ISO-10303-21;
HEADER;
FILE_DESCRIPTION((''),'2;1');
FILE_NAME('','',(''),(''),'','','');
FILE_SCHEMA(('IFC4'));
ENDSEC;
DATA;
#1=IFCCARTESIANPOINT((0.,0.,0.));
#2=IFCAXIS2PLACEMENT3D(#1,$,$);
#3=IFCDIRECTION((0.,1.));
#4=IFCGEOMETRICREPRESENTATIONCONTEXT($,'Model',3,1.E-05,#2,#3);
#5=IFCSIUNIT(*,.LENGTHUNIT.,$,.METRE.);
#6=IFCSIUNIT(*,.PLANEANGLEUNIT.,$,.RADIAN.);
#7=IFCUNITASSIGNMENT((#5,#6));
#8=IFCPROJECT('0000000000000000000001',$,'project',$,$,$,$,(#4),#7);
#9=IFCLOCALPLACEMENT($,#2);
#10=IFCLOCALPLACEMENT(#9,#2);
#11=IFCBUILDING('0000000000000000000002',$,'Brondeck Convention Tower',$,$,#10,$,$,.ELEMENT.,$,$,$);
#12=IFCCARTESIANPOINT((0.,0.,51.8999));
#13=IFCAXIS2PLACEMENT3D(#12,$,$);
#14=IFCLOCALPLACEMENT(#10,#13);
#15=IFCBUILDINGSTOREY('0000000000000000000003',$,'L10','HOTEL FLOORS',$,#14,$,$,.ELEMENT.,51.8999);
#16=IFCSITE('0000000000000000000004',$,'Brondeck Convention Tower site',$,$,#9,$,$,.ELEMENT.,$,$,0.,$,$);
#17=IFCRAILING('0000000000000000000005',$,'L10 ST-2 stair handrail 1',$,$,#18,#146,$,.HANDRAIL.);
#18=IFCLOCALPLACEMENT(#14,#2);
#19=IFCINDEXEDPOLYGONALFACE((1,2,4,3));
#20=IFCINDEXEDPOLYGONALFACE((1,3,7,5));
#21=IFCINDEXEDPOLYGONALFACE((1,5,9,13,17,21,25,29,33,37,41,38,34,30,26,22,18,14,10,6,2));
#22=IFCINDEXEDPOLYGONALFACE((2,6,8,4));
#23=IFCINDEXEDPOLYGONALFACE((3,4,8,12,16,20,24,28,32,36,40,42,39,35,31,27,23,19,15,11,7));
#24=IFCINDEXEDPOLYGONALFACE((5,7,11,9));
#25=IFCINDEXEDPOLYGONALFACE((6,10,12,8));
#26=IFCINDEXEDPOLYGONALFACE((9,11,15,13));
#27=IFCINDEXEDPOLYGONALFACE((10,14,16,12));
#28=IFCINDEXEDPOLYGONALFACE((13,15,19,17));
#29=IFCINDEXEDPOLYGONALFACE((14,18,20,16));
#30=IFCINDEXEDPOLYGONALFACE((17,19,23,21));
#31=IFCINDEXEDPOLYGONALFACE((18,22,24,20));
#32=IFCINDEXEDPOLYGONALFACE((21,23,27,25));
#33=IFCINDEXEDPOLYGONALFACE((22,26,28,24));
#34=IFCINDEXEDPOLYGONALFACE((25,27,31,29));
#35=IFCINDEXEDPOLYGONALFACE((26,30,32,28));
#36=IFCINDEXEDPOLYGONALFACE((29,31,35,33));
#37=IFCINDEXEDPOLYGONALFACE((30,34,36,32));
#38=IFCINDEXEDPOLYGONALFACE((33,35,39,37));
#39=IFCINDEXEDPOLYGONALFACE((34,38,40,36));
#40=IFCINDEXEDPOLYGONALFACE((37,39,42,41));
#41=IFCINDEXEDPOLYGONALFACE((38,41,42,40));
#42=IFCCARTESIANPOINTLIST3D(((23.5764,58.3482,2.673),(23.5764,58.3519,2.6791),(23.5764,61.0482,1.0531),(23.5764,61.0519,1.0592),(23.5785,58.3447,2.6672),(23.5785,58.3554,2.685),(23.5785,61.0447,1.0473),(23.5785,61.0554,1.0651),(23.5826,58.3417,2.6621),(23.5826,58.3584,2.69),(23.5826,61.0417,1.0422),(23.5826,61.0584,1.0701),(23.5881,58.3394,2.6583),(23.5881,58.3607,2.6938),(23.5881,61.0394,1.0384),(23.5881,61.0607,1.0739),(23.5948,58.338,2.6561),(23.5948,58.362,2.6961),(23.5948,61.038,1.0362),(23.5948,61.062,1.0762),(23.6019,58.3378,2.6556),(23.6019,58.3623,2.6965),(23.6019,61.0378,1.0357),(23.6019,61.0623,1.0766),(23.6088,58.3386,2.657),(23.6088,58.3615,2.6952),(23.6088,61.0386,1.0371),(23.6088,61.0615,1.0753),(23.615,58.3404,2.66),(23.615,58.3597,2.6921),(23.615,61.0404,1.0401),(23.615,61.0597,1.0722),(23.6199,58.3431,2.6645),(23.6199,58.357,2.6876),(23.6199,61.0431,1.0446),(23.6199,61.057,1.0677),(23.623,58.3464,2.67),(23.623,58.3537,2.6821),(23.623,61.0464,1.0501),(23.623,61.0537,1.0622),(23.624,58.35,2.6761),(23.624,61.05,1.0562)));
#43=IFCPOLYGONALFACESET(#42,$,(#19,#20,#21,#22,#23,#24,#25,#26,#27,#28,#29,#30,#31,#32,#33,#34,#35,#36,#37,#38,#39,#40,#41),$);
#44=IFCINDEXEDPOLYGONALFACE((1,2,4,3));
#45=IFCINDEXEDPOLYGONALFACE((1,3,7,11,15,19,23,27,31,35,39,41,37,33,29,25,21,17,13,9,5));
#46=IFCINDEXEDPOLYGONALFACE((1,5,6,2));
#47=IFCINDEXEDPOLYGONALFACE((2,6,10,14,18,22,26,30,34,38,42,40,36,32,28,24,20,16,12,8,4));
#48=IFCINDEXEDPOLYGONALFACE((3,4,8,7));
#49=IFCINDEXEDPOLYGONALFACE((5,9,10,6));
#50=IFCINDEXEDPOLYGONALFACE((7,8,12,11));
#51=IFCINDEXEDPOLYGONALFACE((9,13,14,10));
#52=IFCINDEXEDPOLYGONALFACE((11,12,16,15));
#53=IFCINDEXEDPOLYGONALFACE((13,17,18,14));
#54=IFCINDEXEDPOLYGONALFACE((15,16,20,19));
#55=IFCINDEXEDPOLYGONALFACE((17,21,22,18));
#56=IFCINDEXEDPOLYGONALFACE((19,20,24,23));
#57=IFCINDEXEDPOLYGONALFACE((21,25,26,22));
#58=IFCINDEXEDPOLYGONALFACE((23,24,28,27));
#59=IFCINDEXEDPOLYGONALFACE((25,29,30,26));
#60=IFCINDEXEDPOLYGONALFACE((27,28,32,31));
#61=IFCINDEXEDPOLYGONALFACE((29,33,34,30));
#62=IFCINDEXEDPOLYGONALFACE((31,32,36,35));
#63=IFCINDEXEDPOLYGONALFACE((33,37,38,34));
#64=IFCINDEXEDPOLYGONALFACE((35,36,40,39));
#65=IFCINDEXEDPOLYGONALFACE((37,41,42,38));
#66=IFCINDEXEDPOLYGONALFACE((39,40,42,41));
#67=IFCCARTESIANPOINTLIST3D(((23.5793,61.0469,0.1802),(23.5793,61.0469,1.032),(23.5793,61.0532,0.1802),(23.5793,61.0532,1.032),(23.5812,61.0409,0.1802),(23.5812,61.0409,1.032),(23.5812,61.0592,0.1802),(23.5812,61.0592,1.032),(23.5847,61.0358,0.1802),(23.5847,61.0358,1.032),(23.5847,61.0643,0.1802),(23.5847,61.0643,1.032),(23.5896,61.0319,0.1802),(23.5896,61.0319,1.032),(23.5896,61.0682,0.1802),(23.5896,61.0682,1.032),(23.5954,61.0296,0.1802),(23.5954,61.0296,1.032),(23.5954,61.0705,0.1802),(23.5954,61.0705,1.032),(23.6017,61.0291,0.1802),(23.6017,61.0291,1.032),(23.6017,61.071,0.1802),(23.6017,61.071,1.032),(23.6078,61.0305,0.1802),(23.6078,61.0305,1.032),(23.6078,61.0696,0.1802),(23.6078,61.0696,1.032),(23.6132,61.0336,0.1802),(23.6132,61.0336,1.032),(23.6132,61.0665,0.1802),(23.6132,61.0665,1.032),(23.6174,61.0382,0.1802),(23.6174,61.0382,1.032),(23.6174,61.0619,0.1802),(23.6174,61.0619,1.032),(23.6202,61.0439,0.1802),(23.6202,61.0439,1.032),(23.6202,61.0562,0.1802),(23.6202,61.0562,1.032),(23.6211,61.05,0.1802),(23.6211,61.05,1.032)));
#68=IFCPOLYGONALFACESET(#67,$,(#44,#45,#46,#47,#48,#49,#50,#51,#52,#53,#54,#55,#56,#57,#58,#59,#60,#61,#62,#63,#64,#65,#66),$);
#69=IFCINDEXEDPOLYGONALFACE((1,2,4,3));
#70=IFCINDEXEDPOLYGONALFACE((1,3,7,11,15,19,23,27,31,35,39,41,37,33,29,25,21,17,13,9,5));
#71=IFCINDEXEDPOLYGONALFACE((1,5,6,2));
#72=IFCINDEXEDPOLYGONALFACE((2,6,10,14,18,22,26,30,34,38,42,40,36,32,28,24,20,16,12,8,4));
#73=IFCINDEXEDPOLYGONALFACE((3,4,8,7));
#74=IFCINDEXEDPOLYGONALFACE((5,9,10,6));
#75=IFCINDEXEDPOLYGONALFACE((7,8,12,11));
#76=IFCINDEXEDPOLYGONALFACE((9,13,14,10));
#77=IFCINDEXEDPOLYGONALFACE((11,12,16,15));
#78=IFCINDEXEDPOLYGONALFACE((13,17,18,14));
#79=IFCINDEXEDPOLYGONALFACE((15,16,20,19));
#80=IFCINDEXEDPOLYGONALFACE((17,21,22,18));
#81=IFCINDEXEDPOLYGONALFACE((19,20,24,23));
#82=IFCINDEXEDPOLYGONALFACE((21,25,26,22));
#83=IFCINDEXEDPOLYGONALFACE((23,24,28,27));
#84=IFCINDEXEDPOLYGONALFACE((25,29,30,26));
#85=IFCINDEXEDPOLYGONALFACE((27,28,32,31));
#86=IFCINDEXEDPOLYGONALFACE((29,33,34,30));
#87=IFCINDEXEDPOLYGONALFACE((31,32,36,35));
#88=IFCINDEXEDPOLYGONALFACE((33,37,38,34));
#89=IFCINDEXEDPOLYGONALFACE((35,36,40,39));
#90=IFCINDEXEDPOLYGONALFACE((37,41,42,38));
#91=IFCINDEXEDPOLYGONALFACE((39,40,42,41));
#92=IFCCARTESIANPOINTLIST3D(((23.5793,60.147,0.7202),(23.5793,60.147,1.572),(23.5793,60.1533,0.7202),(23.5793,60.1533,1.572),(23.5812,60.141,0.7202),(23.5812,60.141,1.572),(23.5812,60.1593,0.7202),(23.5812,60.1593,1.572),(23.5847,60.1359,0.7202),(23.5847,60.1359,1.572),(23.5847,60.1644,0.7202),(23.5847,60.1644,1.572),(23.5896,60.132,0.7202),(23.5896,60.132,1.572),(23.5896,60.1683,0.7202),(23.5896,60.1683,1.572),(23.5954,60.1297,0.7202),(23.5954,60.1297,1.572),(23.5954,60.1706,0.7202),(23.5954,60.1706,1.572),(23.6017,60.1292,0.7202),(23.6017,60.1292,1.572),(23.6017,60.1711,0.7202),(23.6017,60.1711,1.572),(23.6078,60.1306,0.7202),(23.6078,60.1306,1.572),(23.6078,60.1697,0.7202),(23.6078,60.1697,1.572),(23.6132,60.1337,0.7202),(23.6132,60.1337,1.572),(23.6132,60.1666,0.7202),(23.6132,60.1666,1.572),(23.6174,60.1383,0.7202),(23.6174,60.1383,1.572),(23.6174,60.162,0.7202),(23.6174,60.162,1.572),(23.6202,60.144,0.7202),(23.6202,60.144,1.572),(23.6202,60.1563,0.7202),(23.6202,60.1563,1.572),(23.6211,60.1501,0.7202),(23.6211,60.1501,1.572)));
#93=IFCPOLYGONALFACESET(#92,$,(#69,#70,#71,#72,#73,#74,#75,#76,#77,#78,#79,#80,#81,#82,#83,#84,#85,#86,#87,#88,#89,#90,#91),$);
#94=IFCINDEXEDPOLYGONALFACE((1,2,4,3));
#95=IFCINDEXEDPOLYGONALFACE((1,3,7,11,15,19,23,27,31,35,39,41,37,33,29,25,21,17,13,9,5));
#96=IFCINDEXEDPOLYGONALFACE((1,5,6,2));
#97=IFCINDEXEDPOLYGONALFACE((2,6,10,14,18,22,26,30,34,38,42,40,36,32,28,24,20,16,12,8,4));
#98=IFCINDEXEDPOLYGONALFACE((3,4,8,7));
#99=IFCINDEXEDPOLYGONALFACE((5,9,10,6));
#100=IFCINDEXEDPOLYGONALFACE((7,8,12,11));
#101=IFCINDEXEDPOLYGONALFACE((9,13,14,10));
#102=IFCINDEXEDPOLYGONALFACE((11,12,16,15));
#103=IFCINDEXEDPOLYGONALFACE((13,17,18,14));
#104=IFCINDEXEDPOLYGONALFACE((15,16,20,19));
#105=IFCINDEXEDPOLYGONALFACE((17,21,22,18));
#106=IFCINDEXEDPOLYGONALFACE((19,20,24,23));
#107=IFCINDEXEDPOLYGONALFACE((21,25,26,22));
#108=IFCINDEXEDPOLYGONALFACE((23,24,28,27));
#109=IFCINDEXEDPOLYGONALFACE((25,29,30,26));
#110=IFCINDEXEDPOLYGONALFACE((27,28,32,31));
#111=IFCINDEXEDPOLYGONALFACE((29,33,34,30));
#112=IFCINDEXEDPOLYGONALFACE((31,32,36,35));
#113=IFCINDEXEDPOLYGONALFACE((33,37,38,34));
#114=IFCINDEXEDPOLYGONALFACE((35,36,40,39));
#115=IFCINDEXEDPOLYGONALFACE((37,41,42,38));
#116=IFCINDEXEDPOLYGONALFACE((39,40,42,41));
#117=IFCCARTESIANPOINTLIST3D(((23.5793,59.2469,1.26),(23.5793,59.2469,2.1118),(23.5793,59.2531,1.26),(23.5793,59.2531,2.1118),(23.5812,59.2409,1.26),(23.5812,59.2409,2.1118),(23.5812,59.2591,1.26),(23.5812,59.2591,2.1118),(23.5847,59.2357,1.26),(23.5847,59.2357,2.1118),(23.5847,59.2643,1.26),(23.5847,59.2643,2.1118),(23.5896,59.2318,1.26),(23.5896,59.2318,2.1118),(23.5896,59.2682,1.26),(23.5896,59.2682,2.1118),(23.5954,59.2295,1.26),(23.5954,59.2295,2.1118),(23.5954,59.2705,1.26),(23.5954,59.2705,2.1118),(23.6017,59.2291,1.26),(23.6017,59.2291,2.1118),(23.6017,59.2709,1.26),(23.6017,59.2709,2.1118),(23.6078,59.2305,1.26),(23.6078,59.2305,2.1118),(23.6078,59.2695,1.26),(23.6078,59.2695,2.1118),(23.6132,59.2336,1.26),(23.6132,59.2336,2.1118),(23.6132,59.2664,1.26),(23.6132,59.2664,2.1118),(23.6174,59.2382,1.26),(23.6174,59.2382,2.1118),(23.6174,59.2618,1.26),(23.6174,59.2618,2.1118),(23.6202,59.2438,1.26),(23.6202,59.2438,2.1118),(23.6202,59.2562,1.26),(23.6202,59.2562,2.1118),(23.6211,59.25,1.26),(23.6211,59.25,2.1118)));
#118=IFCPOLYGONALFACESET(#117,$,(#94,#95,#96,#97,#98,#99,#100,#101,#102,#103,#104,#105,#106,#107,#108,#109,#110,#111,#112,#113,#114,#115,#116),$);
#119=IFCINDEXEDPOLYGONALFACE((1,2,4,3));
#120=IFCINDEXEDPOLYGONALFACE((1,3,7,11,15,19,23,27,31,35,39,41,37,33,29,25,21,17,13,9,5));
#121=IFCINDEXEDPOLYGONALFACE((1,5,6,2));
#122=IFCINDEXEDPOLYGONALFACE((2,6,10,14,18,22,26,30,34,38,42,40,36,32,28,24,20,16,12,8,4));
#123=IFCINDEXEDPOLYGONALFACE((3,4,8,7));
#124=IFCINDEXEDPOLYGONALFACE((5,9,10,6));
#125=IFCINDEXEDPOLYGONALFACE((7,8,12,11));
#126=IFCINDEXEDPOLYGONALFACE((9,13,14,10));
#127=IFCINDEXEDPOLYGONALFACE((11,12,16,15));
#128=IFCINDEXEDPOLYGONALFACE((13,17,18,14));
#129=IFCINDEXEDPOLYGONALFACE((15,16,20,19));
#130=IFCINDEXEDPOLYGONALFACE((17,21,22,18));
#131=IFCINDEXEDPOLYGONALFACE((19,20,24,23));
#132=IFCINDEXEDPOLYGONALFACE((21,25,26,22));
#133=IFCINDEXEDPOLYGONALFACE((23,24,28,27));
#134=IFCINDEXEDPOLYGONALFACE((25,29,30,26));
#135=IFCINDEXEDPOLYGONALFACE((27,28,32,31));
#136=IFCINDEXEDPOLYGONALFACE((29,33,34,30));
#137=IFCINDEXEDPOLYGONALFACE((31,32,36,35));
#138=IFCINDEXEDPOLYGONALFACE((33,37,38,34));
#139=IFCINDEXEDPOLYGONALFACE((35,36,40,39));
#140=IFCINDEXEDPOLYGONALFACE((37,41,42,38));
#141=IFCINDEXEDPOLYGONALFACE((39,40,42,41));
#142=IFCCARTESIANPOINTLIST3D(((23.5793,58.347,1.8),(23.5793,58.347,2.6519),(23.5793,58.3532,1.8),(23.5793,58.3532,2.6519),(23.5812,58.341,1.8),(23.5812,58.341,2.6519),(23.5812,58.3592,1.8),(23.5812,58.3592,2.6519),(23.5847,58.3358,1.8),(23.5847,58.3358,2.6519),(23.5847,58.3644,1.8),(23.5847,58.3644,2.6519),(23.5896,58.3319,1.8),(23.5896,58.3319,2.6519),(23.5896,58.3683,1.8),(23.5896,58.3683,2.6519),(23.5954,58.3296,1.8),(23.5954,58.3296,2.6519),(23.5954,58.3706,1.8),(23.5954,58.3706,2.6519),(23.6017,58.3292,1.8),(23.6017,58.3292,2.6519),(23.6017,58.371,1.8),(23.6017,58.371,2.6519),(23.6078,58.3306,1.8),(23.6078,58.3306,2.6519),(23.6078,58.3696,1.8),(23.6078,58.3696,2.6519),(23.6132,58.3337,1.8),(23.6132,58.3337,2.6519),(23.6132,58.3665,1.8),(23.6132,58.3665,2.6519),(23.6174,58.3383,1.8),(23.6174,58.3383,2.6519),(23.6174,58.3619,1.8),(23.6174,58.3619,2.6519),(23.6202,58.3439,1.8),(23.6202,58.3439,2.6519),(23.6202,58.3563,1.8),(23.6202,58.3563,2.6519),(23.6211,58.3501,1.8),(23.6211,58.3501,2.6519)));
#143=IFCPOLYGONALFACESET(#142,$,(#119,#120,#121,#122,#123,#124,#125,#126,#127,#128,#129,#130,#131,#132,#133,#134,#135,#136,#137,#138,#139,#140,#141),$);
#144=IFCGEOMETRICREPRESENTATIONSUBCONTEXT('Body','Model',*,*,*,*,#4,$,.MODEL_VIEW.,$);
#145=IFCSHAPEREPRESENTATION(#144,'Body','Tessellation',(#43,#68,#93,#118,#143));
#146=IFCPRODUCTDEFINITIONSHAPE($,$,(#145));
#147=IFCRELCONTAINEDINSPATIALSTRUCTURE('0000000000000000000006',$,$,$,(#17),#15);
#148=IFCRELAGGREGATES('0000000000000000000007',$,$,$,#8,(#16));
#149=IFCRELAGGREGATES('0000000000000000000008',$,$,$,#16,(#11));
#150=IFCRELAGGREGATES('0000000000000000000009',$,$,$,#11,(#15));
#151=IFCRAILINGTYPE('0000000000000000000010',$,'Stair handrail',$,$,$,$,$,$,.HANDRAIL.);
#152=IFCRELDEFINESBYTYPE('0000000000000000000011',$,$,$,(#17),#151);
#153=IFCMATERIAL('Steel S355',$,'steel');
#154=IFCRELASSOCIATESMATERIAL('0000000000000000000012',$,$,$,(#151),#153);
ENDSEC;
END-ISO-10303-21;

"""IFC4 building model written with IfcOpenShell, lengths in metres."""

from ifc_helpers import new_model, si_unit, direction, frame, origin, origin_2d, place, context, subcontext, project, spatial, circle, extrude, material, type_object, element, save


model = new_model("IFC4")

# Units and contexts
model_context = context("Model", 3, precision=1e-05, world=origin(), true_north=direction((0.0, 1.0)))
body_context = subcontext(model_context, "Body", "Model", "MODEL_VIEW")
ifc_project = project(units=[si_unit("LENGTHUNIT", "METRE"), si_unit("PLANEANGLEUNIT", "RADIAN")], contexts=[model_context])

# Site, building, storey
site_placement = place(None, origin())
site = spatial("IfcSite", under=ifc_project, at=site_placement, Name="Brondeck Convention Tower site", CompositionType="ELEMENT", RefElevation=0.0)
building_placement = place(site_placement, origin())
building = spatial("IfcBuilding", under=site, at=building_placement, Name="Brondeck Convention Tower", CompositionType="ELEMENT")
storey_placement = place(building_placement, frame((0.0, 0.0, 51.8999)))
storey = spatial("IfcBuildingStorey", under=building, at=storey_placement, Name="L10", Description="HOTEL FLOORS", CompositionType="ELEMENT", Elevation=51.8999)

# Railing
ifc_material_1 = material(Name="Steel S355", Category="steel")
railing_type_1 = type_object("IfcRailingType", Name="Stair handrail", PredefinedType="HANDRAIL", material=ifc_material_1)
railing_1_placement = place(storey_placement, frame((23.6001, 61.05, 0.1802)))
element("IfcRailing", 1, at=railing_1_placement, inside=storey, type_object=railing_type_1, Name="L10 ST-2 stair handrail 1", PredefinedType="HANDRAIL", context=body_context, shape_type="SweptSolid", body=[
    extrude(circle(Radius=0.0239, at=origin_2d()), frame((0.0, 0.0, 0.876), z_axis=(0.0, -0.857507, 0.514473), x_axis=(1.0, 0.0, 0.0)), (0.0, 0.0, 1.0), 3.1487),
    extrude(circle(Radius=0.021, at=origin_2d()), origin(), (0.0, 0.0, 1.0), 0.8518),
    extrude(circle(Radius=0.021, at=origin_2d()), frame((0.0, -0.8999, 0.54)), (0.0, 0.0, 1.0), 0.8518),
    extrude(circle(Radius=0.021, at=origin_2d()), frame((0.0, -1.8, 1.0798)), (0.0, 0.0, 1.0), 0.8518),
    extrude(circle(Radius=0.021, at=origin_2d()), frame((0.0, -2.7, 1.6199)), (0.0, 0.0, 1.0), 0.8518),
])

save(model, "model.ifc")
